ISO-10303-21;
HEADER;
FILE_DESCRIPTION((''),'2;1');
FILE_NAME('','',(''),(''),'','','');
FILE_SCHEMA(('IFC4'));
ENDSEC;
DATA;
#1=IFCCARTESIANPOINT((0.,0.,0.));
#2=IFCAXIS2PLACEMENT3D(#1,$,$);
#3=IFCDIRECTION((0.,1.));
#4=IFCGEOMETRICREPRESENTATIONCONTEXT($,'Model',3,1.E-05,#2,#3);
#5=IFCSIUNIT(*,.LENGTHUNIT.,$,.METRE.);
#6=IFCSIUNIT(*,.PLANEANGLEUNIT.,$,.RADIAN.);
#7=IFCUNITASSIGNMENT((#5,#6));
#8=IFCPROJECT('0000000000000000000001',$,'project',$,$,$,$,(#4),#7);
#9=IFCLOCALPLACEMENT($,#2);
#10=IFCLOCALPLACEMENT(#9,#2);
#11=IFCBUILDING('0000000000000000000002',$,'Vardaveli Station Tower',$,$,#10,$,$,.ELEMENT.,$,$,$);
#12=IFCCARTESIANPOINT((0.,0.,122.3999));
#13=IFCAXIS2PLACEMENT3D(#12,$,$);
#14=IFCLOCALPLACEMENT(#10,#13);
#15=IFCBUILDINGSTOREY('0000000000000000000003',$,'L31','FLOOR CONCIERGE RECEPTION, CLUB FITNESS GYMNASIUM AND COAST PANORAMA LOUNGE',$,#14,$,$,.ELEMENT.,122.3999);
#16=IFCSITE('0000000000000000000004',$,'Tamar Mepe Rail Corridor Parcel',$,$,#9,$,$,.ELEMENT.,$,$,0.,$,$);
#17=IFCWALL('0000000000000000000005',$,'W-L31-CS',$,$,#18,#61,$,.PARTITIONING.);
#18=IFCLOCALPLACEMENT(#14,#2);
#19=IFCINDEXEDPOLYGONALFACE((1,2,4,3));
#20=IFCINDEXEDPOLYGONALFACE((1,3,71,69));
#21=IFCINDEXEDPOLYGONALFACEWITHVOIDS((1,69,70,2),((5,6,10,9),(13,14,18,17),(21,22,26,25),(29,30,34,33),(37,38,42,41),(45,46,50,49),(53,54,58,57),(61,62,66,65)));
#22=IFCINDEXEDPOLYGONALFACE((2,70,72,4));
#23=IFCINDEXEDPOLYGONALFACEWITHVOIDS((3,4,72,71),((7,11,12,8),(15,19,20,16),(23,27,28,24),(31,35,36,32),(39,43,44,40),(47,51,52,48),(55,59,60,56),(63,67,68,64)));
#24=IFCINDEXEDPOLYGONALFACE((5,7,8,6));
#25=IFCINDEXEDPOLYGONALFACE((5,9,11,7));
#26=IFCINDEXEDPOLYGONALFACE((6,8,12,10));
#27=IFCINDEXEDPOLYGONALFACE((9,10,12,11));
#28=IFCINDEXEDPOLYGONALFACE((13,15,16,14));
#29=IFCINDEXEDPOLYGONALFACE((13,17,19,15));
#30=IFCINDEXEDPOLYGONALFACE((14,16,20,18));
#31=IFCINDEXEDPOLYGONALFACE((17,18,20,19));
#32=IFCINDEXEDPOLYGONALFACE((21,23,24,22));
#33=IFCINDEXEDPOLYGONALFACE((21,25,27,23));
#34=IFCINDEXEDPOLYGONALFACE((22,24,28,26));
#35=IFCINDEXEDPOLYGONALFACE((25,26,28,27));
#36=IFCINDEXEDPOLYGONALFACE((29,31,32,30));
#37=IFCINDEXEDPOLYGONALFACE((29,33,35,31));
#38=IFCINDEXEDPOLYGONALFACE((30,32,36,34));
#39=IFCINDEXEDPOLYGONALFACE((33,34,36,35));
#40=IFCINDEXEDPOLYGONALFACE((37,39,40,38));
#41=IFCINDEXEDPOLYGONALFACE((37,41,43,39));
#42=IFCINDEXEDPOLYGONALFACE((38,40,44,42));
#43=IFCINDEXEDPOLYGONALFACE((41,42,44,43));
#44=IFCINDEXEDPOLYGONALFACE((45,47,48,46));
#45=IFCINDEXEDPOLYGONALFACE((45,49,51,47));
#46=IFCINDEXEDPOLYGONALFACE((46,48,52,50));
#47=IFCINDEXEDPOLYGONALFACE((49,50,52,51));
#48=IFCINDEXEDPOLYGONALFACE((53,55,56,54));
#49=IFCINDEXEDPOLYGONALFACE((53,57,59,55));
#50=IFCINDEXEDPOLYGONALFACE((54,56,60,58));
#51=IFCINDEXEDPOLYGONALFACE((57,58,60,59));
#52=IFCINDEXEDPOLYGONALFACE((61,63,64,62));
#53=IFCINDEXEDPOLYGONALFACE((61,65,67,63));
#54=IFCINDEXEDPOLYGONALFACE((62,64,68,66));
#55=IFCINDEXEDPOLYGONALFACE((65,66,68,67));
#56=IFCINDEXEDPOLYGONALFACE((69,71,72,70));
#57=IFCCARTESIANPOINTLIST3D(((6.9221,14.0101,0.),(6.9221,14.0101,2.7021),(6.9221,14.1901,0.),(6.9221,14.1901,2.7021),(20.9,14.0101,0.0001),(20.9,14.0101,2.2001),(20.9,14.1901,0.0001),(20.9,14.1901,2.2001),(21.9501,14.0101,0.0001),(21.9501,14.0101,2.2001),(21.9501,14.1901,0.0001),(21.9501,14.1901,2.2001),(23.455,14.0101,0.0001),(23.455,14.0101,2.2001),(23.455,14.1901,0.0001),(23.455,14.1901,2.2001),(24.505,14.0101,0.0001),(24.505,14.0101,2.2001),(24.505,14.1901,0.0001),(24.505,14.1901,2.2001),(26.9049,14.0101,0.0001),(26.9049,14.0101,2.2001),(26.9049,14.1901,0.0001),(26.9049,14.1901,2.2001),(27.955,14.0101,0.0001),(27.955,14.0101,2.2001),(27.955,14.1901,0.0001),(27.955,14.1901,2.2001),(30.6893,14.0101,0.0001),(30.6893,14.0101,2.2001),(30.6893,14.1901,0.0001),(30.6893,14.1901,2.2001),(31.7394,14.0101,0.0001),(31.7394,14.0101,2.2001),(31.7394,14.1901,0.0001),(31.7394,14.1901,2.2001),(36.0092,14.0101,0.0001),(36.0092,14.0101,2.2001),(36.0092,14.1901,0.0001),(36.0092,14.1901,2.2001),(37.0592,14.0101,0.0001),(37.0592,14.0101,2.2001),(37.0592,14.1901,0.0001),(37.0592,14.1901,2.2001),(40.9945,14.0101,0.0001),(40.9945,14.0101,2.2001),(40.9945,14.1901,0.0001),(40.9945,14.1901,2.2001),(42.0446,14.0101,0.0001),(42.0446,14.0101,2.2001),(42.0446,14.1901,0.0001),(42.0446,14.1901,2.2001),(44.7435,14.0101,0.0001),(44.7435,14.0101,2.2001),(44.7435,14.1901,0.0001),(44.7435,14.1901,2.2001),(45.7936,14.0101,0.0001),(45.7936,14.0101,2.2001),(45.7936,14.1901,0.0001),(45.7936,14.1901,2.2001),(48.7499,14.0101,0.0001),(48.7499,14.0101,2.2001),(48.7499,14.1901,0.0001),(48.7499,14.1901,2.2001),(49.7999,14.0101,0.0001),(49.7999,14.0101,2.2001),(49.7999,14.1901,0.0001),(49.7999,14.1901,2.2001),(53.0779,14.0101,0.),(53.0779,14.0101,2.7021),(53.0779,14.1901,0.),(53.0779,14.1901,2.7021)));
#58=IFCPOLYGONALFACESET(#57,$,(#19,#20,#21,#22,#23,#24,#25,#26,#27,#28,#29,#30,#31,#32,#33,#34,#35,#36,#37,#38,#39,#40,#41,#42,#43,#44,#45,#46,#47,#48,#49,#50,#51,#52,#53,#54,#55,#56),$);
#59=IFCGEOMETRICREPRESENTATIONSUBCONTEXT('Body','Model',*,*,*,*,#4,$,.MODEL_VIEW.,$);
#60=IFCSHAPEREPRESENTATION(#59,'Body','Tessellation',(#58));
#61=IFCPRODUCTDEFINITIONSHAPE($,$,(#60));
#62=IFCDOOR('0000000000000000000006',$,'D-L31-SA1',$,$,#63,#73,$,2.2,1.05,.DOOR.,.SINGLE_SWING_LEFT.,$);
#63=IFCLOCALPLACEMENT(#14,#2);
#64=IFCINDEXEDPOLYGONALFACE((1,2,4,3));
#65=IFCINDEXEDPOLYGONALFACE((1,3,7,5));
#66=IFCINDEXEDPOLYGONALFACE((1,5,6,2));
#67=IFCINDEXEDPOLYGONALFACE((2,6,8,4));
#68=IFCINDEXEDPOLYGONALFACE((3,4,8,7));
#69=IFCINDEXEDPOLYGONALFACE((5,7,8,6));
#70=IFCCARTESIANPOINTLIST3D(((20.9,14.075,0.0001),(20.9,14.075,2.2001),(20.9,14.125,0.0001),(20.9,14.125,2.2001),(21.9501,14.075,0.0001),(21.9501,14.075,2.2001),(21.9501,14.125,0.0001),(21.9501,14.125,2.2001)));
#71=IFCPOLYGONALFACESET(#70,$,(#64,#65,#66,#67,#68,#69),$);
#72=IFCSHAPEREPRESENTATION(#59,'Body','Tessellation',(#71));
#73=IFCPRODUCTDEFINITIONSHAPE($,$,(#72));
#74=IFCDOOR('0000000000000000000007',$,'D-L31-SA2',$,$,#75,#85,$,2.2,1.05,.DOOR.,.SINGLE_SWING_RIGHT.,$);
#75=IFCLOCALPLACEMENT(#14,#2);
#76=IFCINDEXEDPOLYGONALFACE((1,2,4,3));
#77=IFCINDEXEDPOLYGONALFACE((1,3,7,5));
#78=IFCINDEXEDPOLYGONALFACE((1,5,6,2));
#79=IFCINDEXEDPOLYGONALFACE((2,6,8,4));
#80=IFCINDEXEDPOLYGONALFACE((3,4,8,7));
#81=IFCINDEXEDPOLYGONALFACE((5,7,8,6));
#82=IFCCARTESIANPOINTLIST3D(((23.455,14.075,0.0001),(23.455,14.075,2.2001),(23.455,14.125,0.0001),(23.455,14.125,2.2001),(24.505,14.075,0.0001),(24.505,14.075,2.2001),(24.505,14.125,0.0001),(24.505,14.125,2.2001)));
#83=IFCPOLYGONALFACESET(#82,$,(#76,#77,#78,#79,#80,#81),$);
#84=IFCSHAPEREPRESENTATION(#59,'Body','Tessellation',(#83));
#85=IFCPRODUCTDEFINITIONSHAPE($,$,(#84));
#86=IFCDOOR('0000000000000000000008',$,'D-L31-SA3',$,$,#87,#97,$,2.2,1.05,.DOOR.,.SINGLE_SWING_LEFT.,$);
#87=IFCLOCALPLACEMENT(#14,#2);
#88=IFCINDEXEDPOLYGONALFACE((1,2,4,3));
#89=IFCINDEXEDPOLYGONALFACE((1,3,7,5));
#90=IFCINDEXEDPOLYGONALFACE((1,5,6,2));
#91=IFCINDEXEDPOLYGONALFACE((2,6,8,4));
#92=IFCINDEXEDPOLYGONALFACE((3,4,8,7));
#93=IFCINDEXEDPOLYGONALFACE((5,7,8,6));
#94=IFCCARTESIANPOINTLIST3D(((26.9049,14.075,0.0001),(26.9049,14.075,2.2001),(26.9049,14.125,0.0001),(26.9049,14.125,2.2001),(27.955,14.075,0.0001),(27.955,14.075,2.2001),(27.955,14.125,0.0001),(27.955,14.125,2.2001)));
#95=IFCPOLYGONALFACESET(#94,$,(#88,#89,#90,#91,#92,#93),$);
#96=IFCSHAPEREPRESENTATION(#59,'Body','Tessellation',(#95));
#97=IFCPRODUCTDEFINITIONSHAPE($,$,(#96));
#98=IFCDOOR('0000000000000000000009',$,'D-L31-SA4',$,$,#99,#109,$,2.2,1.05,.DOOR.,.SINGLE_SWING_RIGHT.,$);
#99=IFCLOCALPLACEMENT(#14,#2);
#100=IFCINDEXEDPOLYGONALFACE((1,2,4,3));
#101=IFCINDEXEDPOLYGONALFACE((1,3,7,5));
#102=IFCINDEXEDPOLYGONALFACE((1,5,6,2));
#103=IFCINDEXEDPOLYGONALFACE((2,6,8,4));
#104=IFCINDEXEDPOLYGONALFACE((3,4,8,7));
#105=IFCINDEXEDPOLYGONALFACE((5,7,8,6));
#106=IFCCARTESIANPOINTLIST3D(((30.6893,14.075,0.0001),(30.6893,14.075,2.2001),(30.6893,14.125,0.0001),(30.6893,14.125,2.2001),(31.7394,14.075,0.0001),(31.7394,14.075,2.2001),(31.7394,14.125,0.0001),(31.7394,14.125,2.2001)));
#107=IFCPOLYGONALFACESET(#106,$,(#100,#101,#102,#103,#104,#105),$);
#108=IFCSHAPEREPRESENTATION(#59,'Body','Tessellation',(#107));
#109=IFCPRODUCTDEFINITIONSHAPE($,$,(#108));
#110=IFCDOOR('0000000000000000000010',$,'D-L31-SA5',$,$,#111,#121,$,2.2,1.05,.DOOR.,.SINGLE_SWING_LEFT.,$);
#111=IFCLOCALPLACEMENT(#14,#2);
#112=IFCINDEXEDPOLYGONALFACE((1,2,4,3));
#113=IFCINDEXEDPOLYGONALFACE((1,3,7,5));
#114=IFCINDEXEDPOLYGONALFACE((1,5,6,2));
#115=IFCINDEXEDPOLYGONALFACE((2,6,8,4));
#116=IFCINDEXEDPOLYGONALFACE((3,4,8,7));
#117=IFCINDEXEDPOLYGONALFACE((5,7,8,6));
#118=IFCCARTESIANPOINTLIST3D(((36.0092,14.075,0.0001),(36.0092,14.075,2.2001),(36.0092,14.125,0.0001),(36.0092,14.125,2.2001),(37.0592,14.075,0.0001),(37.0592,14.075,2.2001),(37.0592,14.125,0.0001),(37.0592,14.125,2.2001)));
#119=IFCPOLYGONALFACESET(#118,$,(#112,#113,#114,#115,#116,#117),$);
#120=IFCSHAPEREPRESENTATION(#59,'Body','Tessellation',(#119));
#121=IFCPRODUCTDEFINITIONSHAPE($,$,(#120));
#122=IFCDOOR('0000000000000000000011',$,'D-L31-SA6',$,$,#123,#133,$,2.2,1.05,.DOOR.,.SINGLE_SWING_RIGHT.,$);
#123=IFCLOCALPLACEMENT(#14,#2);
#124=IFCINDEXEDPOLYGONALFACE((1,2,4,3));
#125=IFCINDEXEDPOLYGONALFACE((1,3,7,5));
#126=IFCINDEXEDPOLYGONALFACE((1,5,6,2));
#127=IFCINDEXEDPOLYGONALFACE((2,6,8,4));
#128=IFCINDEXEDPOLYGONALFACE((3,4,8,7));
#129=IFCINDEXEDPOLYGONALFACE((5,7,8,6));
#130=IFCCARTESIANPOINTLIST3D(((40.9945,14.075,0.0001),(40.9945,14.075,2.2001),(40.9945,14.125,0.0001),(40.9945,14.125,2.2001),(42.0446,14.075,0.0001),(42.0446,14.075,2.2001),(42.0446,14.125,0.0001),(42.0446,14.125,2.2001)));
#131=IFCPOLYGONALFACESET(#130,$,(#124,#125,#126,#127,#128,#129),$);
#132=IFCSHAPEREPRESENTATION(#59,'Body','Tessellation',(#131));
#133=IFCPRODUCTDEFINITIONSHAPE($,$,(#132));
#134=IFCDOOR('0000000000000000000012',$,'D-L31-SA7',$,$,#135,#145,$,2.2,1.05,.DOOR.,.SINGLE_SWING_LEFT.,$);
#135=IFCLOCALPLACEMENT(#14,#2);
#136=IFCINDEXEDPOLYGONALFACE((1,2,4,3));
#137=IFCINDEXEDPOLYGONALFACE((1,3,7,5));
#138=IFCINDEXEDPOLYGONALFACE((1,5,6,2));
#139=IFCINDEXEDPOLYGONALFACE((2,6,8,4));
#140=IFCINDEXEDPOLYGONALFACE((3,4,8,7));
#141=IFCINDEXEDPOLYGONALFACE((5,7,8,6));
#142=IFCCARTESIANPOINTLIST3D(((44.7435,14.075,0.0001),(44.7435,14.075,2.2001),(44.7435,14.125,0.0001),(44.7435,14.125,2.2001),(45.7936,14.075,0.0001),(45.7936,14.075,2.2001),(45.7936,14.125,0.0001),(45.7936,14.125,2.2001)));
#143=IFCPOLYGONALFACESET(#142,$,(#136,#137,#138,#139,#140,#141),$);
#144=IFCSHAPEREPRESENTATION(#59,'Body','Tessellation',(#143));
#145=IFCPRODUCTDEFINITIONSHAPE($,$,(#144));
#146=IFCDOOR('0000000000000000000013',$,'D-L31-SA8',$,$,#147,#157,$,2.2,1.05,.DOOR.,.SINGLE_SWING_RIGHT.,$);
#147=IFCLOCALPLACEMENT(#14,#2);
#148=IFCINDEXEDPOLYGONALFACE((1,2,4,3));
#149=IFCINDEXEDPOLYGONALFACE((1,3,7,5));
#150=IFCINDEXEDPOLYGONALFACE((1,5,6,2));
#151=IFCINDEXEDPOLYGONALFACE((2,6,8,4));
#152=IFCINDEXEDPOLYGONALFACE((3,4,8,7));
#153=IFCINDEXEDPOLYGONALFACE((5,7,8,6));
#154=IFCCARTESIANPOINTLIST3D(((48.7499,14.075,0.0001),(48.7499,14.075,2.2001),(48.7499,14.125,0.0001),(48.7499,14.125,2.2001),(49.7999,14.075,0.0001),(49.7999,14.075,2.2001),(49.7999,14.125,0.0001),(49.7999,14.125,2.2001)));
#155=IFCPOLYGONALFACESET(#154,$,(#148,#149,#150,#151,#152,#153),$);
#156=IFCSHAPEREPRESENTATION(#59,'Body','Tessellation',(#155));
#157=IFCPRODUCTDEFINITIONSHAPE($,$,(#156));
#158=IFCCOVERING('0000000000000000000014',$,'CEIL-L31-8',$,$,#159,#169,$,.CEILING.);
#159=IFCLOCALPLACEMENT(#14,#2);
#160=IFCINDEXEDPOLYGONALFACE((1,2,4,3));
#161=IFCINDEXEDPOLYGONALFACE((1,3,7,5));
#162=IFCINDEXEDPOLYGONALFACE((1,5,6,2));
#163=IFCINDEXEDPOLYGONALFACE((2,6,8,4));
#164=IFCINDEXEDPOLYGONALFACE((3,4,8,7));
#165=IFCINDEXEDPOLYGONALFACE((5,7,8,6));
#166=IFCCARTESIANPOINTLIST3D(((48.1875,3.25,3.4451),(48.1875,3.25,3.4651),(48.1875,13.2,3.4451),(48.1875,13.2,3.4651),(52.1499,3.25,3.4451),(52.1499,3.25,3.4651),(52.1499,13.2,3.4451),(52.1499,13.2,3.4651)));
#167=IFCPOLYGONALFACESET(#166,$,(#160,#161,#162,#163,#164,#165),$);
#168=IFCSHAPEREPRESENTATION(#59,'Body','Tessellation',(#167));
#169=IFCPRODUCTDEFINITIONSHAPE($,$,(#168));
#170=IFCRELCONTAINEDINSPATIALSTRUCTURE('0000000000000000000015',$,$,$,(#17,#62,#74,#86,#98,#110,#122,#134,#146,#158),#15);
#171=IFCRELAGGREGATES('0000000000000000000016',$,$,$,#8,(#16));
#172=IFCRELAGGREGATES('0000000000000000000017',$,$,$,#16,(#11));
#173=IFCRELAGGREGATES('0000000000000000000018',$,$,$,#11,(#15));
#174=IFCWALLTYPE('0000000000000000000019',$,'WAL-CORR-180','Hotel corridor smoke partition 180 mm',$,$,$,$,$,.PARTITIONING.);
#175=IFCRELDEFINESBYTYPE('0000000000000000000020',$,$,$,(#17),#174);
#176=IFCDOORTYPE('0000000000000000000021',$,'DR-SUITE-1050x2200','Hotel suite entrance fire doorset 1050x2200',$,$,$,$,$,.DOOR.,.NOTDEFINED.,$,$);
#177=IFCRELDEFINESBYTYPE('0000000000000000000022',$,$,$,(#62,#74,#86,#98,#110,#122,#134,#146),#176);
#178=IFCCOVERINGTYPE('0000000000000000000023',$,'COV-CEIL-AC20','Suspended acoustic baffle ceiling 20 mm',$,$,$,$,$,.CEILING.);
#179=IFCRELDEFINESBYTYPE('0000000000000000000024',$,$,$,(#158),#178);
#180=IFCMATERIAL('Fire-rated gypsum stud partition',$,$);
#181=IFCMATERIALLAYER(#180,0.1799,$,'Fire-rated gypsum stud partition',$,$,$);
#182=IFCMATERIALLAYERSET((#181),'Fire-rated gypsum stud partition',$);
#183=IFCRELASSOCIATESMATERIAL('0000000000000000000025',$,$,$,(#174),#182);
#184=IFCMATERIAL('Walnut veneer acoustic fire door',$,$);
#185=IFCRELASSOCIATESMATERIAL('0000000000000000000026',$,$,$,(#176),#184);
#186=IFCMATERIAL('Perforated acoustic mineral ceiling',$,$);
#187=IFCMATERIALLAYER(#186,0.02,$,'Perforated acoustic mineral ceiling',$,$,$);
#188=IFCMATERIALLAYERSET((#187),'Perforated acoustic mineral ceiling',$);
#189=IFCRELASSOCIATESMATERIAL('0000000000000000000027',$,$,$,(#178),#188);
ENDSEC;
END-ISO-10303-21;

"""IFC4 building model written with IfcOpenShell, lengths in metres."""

from ifc_helpers import new_model, si_unit, direction, frame, frame_2d, origin, place, context, subcontext, project, spatial, polyline, rectangle, outline, extrude, source, transform, mapped, material, layer, layer_set, type_object, element, fill, save


model = new_model("IFC4")

# Units and contexts
model_context = context("Model", 3, precision=1e-05, world=origin(), true_north=direction((0.0, 1.0)))
body_context = subcontext(model_context, "Body", "Model", "MODEL_VIEW")
ifc_project = project(units=[si_unit("LENGTHUNIT", "METRE"), si_unit("PLANEANGLEUNIT", "RADIAN")], contexts=[model_context])

# Site, building, storey
site_placement = place(None, origin())
site = spatial("IfcSite", under=ifc_project, at=site_placement, Name="Tamar Mepe Rail Corridor Parcel", CompositionType="ELEMENT", RefElevation=0.0)
building_placement = place(site_placement, origin())
building = spatial("IfcBuilding", under=site, at=building_placement, Name="Vardaveli Station Tower", CompositionType="ELEMENT")
storey_placement = place(building_placement, frame((0.0, 0.0, 122.3999)))
storey = spatial("IfcBuildingStorey", under=building, at=storey_placement, Name="L31", Description="FLOOR CONCIERGE RECEPTION, CLUB FITNESS GYMNASIUM AND COAST PANORAMA LOUNGE", CompositionType="ELEMENT", Elevation=122.3999)

# Wall, openings, doors
ifc_material_1 = material(Name="Fire-rated gypsum stud partition")
ifc_layer_1 = layer(ifc_material_1, 0.1799, Name="Fire-rated gypsum stud partition")
ifc_layer_set_1 = layer_set([ifc_layer_1], Name="Fire-rated gypsum stud partition")
wall_type_1 = type_object("IfcWallType", Name="WAL-CORR-180", Description="Hotel corridor smoke partition 180 mm", PredefinedType="PARTITIONING", material=ifc_layer_set_1)
shared_shape_1 = source(origin(), body_context, "Body", "SweptSolid", [
    extrude(rectangle(XDim=46.1558, YDim=0.1799, at=frame_2d((23.0779, 0.0))), origin(), (0.0, 0.0, 1.0), 2.7021),
])
wall_1_placement = place(storey_placement, frame((6.9221, 14.1001, 0.0), z_axis=(0.0, 0.0, 1.0), x_axis=(1.0, 0.0, 0.0)))
wall_1 = element("IfcWall", 1, at=wall_1_placement, inside=storey, type_object=wall_type_1, Name="W-L31-CS", PredefinedType="PARTITIONING", context=body_context, shape_type="MappedRepresentation", body=[
    mapped(shared_shape_1, transform((0.0, 0.0, 0.0), scale=1.0)),
])
shared_shape_2 = source(origin(), body_context, "Body", "SweptSolid", [
    extrude(rectangle(XDim=1.05, YDim=2.2, at=frame_2d((0.5249, 1.1001))), frame((0.0, 0.1001, 0.0), z_axis=(0.0, -1.0, 0.0), x_axis=(1.0, 0.0, 0.0)), (0.0, 0.0, 1.0), 0.2),
])
opening_1_placement = place(wall_1_placement, frame((13.978, 0.0, 0.0)))
opening_1 = element("IfcOpeningElement", 2, at=opening_1_placement, cuts=wall_1, PredefinedType="OPENING", context=body_context, shape_type="MappedRepresentation", body=[
    mapped(shared_shape_2, transform((0.0, 0.0, 0.0), scale=1.0)),
])
opening_2_placement = place(wall_1_placement, frame((16.533, 0.0, 0.0)))
opening_2 = element("IfcOpeningElement", 3, at=opening_2_placement, cuts=wall_1, PredefinedType="OPENING", context=body_context, shape_type="MappedRepresentation", body=[
    mapped(shared_shape_2, transform((0.0, 0.0, 0.0), scale=1.0)),
])
opening_3_placement = place(wall_1_placement, frame((19.9829, 0.0, 0.0)))
opening_3 = element("IfcOpeningElement", 4, at=opening_3_placement, cuts=wall_1, PredefinedType="OPENING", context=body_context, shape_type="MappedRepresentation", body=[
    mapped(shared_shape_2, transform((0.0, 0.0, 0.0), scale=1.0)),
])
opening_4_placement = place(wall_1_placement, frame((23.7673, 0.0, 0.0)))
opening_4 = element("IfcOpeningElement", 5, at=opening_4_placement, cuts=wall_1, PredefinedType="OPENING", context=body_context, shape_type="MappedRepresentation", body=[
    mapped(shared_shape_2, transform((0.0, 0.0, 0.0), scale=1.0)),
])
opening_5_placement = place(wall_1_placement, frame((29.0872, 0.0, 0.0)))
opening_5 = element("IfcOpeningElement", 6, at=opening_5_placement, cuts=wall_1, PredefinedType="OPENING", context=body_context, shape_type="MappedRepresentation", body=[
    mapped(shared_shape_2, transform((0.0, 0.0, 0.0), scale=1.0)),
])
opening_6_placement = place(wall_1_placement, frame((34.0725, 0.0, 0.0)))
opening_6 = element("IfcOpeningElement", 7, at=opening_6_placement, cuts=wall_1, PredefinedType="OPENING", context=body_context, shape_type="MappedRepresentation", body=[
    mapped(shared_shape_2, transform((0.0, 0.0, 0.0), scale=1.0)),
])
opening_7_placement = place(wall_1_placement, frame((37.8215, 0.0, 0.0)))
opening_7 = element("IfcOpeningElement", 8, at=opening_7_placement, cuts=wall_1, PredefinedType="OPENING", context=body_context, shape_type="MappedRepresentation", body=[
    mapped(shared_shape_2, transform((0.0, 0.0, 0.0), scale=1.0)),
])
opening_8_placement = place(wall_1_placement, frame((41.8279, 0.0, 0.0)))
opening_8 = element("IfcOpeningElement", 9, at=opening_8_placement, cuts=wall_1, PredefinedType="OPENING", context=body_context, shape_type="MappedRepresentation", body=[
    mapped(shared_shape_2, transform((0.0, 0.0, 0.0), scale=1.0)),
])
ifc_material_2 = material(Name="Walnut veneer acoustic fire door")
door_type_1 = type_object("IfcDoorType", Name="DR-SUITE-1050x2200", Description="Hotel suite entrance fire doorset 1050x2200", OperationType="NOTDEFINED", PredefinedType="DOOR", material=ifc_material_2)
shared_shape_3 = source(origin(), body_context, "Body", "SweptSolid", [
    extrude(rectangle(XDim=1.05, YDim=2.2, at=frame_2d((0.5249, 1.1001))), frame((0.0, 0.0249, 0.0), z_axis=(0.0, -1.0, 0.0), x_axis=(1.0, 0.0, 0.0)), (0.0, 0.0, 1.0), 0.05),
])
door_1_placement = place(opening_1_placement, origin())
door_1 = element("IfcDoor", 10, at=door_1_placement, inside=storey, type_object=door_type_1, Name="D-L31-SA1", OperationType="SINGLE_SWING_LEFT", OverallHeight=2.2, OverallWidth=1.05, PredefinedType="DOOR", context=body_context, shape_type="MappedRepresentation", body=[
    mapped(shared_shape_3, transform((0.0, 0.0, 0.0), scale=1.0)),
])
fill(opening_1, door_1)
door_2_placement = place(opening_2_placement, origin())
door_2 = element("IfcDoor", 11, at=door_2_placement, inside=storey, type_object=door_type_1, Name="D-L31-SA2", OperationType="SINGLE_SWING_RIGHT", OverallHeight=2.2, OverallWidth=1.05, PredefinedType="DOOR", context=body_context, shape_type="MappedRepresentation", body=[
    mapped(shared_shape_3, transform((0.0, 0.0, 0.0), scale=1.0)),
])
fill(opening_2, door_2)
door_3_placement = place(opening_3_placement, origin())
door_3 = element("IfcDoor", 12, at=door_3_placement, inside=storey, type_object=door_type_1, Name="D-L31-SA3", OperationType="SINGLE_SWING_LEFT", OverallHeight=2.2, OverallWidth=1.05, PredefinedType="DOOR", context=body_context, shape_type="MappedRepresentation", body=[
    mapped(shared_shape_3, transform((0.0, 0.0, 0.0), scale=1.0)),
])
fill(opening_3, door_3)
door_4_placement = place(opening_4_placement, origin())
door_4 = element("IfcDoor", 13, at=door_4_placement, inside=storey, type_object=door_type_1, Name="D-L31-SA4", OperationType="SINGLE_SWING_RIGHT", OverallHeight=2.2, OverallWidth=1.05, PredefinedType="DOOR", context=body_context, shape_type="MappedRepresentation", body=[
    mapped(shared_shape_3, transform((0.0, 0.0, 0.0), scale=1.0)),
])
fill(opening_4, door_4)
door_5_placement = place(opening_5_placement, origin())
door_5 = element("IfcDoor", 14, at=door_5_placement, inside=storey, type_object=door_type_1, Name="D-L31-SA5", OperationType="SINGLE_SWING_LEFT", OverallHeight=2.2, OverallWidth=1.05, PredefinedType="DOOR", context=body_context, shape_type="MappedRepresentation", body=[
    mapped(shared_shape_3, transform((0.0, 0.0, 0.0), scale=1.0)),
])
fill(opening_5, door_5)
door_6_placement = place(opening_6_placement, origin())
door_6 = element("IfcDoor", 15, at=door_6_placement, inside=storey, type_object=door_type_1, Name="D-L31-SA6", OperationType="SINGLE_SWING_RIGHT", OverallHeight=2.2, OverallWidth=1.05, PredefinedType="DOOR", context=body_context, shape_type="MappedRepresentation", body=[
    mapped(shared_shape_3, transform((0.0, 0.0, 0.0), scale=1.0)),
])
fill(opening_6, door_6)
door_7_placement = place(opening_7_placement, origin())
door_7 = element("IfcDoor", 16, at=door_7_placement, inside=storey, type_object=door_type_1, Name="D-L31-SA7", OperationType="SINGLE_SWING_LEFT", OverallHeight=2.2, OverallWidth=1.05, PredefinedType="DOOR", context=body_context, shape_type="MappedRepresentation", body=[
    mapped(shared_shape_3, transform((0.0, 0.0, 0.0), scale=1.0)),
])
fill(opening_7, door_7)
door_8_placement = place(opening_8_placement, origin())
door_8 = element("IfcDoor", 17, at=door_8_placement, inside=storey, type_object=door_type_1, Name="D-L31-SA8", OperationType="SINGLE_SWING_RIGHT", OverallHeight=2.2, OverallWidth=1.05, PredefinedType="DOOR", context=body_context, shape_type="MappedRepresentation", body=[
    mapped(shared_shape_3, transform((0.0, 0.0, 0.0), scale=1.0)),
])
fill(opening_8, door_8)

# Covering
ifc_material_3 = material(Name="Perforated acoustic mineral ceiling")
ifc_layer_2 = layer(ifc_material_3, 0.02, Name="Perforated acoustic mineral ceiling")
ifc_layer_set_2 = layer_set([ifc_layer_2], Name="Perforated acoustic mineral ceiling")
covering_type = type_object("IfcCoveringType", Name="COV-CEIL-AC20", Description="Suspended acoustic baffle ceiling 20 mm", PredefinedType="CEILING", material=ifc_layer_set_2)
covering_1_placement = place(storey_placement, frame((0.0, 0.0, 3.4451)))
element("IfcCovering", 18, at=covering_1_placement, inside=storey, type_object=covering_type, Name="CEIL-L31-8", PredefinedType="CEILING", context=body_context, shape_type="SweptSolid", body=[
    extrude(outline(polyline([(48.1875, 3.25), (52.1499, 3.25), (52.1499, 13.2), (48.1875, 13.2), (48.1875, 3.25)])), origin(), (0.0, 0.0, 1.0), 0.02),
])

save(model, "model.ifc")
